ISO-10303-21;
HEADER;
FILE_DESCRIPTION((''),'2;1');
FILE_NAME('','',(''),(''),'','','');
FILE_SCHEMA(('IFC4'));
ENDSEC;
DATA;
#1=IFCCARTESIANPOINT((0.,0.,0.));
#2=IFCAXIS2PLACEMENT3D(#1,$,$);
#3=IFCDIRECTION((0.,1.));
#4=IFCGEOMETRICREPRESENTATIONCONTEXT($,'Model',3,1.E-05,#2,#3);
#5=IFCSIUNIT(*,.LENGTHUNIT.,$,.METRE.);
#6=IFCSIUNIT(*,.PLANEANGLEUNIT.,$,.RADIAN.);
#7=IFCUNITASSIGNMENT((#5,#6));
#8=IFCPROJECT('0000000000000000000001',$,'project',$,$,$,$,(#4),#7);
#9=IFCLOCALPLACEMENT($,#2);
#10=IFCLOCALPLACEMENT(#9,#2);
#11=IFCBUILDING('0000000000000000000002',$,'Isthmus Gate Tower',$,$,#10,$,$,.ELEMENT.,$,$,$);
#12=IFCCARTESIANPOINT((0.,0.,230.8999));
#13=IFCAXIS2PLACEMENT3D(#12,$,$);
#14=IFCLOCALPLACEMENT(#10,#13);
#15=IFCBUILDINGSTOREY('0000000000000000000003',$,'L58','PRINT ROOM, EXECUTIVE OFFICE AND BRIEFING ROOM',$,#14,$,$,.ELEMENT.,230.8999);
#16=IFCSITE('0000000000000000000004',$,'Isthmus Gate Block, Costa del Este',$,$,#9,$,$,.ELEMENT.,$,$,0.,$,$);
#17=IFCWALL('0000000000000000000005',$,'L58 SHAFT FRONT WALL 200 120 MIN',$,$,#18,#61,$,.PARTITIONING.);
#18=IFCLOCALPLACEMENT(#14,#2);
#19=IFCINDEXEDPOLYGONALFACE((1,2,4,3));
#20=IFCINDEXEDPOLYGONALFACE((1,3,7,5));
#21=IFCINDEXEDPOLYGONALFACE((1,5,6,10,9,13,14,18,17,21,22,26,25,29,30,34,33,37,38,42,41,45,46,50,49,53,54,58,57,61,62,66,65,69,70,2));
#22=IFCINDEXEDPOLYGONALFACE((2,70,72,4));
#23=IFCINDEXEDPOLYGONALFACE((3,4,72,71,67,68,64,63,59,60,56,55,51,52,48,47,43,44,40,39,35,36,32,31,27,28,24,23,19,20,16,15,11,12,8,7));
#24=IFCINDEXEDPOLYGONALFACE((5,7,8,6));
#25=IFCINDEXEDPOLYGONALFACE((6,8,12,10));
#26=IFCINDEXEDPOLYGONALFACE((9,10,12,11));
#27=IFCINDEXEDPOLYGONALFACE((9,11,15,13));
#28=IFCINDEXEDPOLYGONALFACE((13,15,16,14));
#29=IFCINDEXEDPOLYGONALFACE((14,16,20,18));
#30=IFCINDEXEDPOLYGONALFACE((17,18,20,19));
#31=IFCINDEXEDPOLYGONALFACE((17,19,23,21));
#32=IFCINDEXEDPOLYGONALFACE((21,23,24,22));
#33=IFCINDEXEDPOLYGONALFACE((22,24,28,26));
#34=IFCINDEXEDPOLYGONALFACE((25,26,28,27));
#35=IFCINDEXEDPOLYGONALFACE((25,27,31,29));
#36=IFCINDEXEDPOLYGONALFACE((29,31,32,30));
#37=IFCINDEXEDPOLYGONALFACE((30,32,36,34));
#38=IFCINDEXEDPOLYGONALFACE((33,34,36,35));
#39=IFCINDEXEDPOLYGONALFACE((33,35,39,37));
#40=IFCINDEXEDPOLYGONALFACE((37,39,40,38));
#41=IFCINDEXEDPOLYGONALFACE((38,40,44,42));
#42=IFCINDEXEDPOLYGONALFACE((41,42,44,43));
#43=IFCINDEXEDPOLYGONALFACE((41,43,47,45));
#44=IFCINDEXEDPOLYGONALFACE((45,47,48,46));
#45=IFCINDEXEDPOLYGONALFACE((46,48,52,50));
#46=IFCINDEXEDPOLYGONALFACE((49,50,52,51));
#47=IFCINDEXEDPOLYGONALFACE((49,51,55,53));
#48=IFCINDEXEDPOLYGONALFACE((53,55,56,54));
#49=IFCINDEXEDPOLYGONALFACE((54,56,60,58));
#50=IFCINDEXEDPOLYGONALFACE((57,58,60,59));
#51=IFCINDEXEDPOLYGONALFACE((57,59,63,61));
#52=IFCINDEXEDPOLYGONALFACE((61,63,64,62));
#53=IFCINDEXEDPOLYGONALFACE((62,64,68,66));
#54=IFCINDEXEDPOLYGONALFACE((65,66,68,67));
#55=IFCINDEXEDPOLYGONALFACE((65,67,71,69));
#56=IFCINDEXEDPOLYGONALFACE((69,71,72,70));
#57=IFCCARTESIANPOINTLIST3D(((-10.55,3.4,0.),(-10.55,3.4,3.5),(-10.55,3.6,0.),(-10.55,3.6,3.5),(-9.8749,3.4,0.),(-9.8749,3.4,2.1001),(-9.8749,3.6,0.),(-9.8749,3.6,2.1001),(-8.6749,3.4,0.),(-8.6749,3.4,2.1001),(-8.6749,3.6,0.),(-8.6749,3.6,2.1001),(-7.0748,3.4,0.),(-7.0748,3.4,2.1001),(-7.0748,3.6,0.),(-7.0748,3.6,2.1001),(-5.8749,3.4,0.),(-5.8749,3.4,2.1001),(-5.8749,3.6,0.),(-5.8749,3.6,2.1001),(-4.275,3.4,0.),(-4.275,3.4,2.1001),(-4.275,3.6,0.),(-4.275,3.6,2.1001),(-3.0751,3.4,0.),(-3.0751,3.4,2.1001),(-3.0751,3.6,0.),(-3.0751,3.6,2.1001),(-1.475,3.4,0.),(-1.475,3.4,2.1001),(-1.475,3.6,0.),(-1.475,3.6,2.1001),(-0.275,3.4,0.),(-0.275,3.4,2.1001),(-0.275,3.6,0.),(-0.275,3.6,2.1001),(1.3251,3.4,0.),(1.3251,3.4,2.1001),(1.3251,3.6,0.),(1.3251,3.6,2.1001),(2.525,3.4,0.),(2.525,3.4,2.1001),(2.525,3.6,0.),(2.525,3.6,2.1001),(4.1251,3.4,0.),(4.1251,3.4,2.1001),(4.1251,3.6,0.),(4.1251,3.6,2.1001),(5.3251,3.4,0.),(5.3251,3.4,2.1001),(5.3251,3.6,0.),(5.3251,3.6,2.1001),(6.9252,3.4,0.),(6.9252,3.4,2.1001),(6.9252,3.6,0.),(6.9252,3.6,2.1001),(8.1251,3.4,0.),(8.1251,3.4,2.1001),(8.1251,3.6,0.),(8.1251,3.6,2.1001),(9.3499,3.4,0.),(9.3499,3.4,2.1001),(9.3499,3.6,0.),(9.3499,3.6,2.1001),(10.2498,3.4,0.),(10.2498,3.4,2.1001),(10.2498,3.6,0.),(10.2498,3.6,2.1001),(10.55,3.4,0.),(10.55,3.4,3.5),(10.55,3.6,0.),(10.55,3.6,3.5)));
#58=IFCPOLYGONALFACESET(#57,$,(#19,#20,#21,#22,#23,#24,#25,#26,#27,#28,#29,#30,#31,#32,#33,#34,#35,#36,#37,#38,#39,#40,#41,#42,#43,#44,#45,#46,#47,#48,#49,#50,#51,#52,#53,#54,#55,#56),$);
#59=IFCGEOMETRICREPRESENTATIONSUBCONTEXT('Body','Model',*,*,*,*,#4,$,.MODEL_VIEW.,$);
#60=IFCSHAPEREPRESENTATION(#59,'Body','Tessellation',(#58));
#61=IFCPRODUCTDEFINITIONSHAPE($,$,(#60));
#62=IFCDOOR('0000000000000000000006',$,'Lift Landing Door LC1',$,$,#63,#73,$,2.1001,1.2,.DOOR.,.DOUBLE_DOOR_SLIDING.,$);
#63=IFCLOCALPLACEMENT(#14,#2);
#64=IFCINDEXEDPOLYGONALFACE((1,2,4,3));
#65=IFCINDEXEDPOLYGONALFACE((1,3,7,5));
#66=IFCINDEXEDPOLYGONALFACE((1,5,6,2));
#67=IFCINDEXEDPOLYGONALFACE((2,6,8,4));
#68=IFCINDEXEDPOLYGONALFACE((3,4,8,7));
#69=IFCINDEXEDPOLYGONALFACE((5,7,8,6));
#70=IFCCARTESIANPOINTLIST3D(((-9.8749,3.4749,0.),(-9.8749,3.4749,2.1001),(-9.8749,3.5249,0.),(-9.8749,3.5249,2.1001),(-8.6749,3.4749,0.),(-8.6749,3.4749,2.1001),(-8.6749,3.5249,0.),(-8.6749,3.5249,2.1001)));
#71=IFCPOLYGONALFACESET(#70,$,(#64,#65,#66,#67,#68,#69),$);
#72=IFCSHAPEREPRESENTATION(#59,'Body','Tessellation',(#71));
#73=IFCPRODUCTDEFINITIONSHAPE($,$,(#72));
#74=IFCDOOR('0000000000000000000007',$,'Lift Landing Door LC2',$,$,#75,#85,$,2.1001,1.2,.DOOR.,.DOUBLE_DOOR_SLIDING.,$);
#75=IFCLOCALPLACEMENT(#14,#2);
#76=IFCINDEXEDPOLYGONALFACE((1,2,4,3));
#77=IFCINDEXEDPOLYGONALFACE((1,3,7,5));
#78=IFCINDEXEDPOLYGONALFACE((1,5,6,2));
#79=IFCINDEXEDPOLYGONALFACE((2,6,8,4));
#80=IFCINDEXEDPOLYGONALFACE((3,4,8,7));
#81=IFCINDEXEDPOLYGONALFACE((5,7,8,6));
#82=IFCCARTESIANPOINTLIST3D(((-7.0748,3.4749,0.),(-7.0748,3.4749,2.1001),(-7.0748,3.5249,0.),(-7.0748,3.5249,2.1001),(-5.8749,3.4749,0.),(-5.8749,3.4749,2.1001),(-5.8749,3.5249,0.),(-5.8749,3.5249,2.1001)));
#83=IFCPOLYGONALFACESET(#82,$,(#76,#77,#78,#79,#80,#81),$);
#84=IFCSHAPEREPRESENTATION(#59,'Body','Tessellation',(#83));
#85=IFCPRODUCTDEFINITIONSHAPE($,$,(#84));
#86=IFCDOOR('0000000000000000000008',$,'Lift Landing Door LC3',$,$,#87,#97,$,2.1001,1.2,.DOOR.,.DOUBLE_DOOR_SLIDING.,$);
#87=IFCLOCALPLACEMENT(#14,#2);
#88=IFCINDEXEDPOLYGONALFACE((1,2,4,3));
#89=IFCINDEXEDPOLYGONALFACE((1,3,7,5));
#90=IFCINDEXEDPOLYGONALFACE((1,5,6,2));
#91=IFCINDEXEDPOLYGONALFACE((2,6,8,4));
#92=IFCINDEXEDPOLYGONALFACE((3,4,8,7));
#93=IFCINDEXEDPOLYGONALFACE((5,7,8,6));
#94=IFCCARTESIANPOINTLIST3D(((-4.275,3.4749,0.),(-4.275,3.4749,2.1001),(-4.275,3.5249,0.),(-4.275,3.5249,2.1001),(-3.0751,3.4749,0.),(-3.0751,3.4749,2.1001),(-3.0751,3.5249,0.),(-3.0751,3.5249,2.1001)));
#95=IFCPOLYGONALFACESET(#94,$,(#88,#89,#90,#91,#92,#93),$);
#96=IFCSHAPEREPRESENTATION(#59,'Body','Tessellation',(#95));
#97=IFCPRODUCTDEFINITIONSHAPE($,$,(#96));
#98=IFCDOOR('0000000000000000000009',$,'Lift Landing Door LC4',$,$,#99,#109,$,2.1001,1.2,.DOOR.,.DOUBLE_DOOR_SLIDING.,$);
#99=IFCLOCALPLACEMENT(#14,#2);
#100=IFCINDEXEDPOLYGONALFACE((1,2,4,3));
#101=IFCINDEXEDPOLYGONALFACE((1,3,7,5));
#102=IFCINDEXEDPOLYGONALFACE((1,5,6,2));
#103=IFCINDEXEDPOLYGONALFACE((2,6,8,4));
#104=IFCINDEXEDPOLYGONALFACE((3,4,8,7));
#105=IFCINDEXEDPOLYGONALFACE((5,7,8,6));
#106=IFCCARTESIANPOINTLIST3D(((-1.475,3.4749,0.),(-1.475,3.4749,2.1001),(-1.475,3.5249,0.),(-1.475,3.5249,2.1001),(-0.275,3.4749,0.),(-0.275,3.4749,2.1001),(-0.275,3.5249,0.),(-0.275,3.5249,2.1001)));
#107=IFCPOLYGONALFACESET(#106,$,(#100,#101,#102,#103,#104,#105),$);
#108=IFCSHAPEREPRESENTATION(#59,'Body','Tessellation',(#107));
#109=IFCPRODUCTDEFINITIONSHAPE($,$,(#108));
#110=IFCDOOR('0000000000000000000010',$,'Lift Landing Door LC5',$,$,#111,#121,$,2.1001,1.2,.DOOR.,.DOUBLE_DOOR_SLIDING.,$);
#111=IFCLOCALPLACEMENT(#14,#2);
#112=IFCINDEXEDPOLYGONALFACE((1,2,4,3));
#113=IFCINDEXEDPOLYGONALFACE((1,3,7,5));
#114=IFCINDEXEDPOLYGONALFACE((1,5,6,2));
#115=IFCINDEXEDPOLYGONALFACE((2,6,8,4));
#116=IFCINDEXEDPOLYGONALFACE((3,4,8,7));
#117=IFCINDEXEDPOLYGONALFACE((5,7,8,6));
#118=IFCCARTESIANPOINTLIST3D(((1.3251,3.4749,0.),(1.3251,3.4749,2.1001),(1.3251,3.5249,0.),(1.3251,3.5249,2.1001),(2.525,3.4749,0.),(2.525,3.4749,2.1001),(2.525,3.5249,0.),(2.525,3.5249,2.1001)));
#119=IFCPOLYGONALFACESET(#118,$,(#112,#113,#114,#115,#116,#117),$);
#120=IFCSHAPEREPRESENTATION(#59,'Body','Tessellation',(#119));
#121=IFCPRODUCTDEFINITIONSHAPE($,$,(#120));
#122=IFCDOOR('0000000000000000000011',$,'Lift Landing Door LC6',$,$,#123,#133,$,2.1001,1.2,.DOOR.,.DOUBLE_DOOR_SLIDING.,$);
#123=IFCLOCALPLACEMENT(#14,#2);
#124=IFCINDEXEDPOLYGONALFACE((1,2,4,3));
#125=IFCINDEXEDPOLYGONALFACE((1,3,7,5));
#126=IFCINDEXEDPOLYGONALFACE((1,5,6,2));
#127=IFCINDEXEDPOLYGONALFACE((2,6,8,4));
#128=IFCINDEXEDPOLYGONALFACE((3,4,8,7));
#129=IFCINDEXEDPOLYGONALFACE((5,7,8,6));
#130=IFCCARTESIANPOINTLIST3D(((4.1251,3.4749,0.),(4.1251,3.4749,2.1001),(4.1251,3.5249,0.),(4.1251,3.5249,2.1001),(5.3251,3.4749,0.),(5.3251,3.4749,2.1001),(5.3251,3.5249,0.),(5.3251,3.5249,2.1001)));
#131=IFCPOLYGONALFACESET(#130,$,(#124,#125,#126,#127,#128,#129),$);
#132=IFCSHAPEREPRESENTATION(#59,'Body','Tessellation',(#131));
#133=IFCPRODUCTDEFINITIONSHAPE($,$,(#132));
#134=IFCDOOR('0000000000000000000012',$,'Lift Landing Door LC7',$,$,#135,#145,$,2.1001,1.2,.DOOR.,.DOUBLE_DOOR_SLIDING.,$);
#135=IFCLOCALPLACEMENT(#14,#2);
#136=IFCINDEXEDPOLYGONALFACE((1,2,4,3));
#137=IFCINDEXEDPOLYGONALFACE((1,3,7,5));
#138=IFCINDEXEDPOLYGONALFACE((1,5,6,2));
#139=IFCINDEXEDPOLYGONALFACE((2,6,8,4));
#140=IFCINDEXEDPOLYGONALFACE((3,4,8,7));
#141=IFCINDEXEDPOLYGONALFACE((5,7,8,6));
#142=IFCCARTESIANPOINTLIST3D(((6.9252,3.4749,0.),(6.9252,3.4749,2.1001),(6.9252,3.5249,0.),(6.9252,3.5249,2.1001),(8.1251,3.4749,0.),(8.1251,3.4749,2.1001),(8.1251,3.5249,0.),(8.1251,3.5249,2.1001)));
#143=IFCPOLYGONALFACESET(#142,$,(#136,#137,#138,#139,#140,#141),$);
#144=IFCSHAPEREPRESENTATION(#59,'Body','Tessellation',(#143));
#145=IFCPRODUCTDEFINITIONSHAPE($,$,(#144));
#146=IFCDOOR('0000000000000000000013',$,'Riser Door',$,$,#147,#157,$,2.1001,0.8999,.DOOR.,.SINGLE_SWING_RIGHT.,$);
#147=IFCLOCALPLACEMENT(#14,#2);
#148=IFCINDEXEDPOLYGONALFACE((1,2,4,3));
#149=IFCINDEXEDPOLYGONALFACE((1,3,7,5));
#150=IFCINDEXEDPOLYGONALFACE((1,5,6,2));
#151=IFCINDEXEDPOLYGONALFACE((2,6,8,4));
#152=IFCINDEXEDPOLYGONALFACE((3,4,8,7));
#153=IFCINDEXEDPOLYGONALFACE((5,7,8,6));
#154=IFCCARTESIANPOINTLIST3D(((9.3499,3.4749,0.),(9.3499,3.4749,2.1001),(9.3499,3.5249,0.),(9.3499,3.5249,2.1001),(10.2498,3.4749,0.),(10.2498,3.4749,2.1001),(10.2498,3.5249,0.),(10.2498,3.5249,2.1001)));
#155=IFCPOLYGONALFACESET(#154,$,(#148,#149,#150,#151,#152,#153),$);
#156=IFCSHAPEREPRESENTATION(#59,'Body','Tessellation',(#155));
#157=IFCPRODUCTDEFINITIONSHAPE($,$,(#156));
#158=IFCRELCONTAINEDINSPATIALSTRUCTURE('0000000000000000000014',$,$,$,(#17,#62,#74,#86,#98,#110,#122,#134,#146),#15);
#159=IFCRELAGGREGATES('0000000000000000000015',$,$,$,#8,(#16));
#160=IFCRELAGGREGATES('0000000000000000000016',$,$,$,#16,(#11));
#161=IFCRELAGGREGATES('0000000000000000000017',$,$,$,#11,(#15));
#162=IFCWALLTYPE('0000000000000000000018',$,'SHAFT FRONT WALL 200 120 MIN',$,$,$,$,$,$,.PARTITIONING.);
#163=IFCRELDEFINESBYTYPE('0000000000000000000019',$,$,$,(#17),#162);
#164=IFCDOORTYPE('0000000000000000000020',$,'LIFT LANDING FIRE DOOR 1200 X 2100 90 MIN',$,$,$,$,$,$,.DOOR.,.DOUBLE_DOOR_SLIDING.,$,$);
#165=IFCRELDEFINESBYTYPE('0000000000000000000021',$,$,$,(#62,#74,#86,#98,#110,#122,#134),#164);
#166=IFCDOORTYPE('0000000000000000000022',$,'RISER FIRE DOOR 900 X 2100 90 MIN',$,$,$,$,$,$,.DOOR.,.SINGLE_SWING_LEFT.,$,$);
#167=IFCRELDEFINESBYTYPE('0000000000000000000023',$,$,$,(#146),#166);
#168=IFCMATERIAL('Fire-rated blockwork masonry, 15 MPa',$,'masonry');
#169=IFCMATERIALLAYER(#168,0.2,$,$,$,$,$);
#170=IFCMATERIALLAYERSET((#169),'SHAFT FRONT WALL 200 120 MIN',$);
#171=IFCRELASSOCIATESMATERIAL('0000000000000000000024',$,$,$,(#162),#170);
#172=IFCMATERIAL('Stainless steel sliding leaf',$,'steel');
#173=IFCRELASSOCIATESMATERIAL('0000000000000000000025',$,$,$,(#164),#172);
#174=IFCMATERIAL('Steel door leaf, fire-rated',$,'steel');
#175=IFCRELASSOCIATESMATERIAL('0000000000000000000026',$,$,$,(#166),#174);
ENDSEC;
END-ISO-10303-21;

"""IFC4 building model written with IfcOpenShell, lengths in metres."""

from ifc_helpers import new_model, si_unit, direction, frame, frame_2d, origin, place, context, subcontext, project, spatial, rectangle, extrude, material, layer, layer_set, type_object, element, fill, save


model = new_model("IFC4")

# Units and contexts
model_context = context("Model", 3, precision=1e-05, world=origin(), true_north=direction((0.0, 1.0)))
body_context = subcontext(model_context, "Body", "Model", "MODEL_VIEW")
ifc_project = project(units=[si_unit("LENGTHUNIT", "METRE"), si_unit("PLANEANGLEUNIT", "RADIAN")], contexts=[model_context])

# Site, building, storey
site_placement = place(None, origin())
site = spatial("IfcSite", under=ifc_project, at=site_placement, Name="Isthmus Gate Block, Costa del Este", CompositionType="ELEMENT", RefElevation=0.0)
building_placement = place(site_placement, origin())
building = spatial("IfcBuilding", under=site, at=building_placement, Name="Isthmus Gate Tower", CompositionType="ELEMENT")
storey_placement = place(building_placement, frame((0.0, 0.0, 230.8999)))
storey = spatial("IfcBuildingStorey", under=building, at=storey_placement, Name="L58", Description="PRINT ROOM, EXECUTIVE OFFICE AND BRIEFING ROOM", CompositionType="ELEMENT", Elevation=230.8999)

# Wall, openings, doors
ifc_material_1 = material(Name="Fire-rated blockwork masonry, 15 MPa", Category="masonry")
ifc_layer_1 = layer(ifc_material_1, 0.2)
ifc_layer_set_1 = layer_set([ifc_layer_1], Name="SHAFT FRONT WALL 200 120 MIN")
wall_type_1 = type_object("IfcWallType", Name="SHAFT FRONT WALL 200 120 MIN", PredefinedType="PARTITIONING", material=ifc_layer_set_1)
wall_1_placement = place(storey_placement, frame((-10.55, 3.5, 0.0), z_axis=(0.0, 0.0, 1.0), x_axis=(1.0, 0.0, 0.0)))
wall_1 = element("IfcWall", 1, at=wall_1_placement, inside=storey, type_object=wall_type_1, Name="L58 SHAFT FRONT WALL 200 120 MIN", PredefinedType="PARTITIONING", context=body_context, shape_type="SweptSolid", body=[
    extrude(rectangle(XDim=21.1001, YDim=0.2, at=frame_2d((10.55, 0.0))), origin(), (0.0, 0.0, 1.0), 3.5),
])
opening_1_placement = place(wall_1_placement, frame((0.675, 0.0, 0.0)))
opening_1 = element("IfcOpeningElement", 2, at=opening_1_placement, cuts=wall_1, PredefinedType="OPENING", context=body_context, shape_type="SweptSolid", body=[
    extrude(rectangle(XDim=1.2, YDim=2.1001, at=frame_2d((0.6001, 1.05))), frame((0.0, 0.1099, 0.0), z_axis=(0.0, -1.0, 0.0), x_axis=(1.0, 0.0, 0.0)), (0.0, 0.0, 1.0), 0.22),
])
opening_2_placement = place(wall_1_placement, frame((3.4751, 0.0, 0.0)))
opening_2 = element("IfcOpeningElement", 3, at=opening_2_placement, cuts=wall_1, PredefinedType="OPENING", context=body_context, shape_type="SweptSolid", body=[
    extrude(rectangle(XDim=1.2, YDim=2.1001, at=frame_2d((0.6001, 1.05))), frame((0.0, 0.1099, 0.0), z_axis=(0.0, -1.0, 0.0), x_axis=(1.0, 0.0, 0.0)), (0.0, 0.0, 1.0), 0.22),
])
opening_3_placement = place(wall_1_placement, frame((6.2749, 0.0, 0.0)))
opening_3 = element("IfcOpeningElement", 4, at=opening_3_placement, cuts=wall_1, PredefinedType="OPENING", context=body_context, shape_type="SweptSolid", body=[
    extrude(rectangle(XDim=1.2, YDim=2.1001, at=frame_2d((0.6001, 1.05))), frame((0.0, 0.1099, 0.0), z_axis=(0.0, -1.0, 0.0), x_axis=(1.0, 0.0, 0.0)), (0.0, 0.0, 1.0), 0.22),
])
opening_4_placement = place(wall_1_placement, frame((9.075, 0.0, 0.0)))
opening_4 = element("IfcOpeningElement", 5, at=opening_4_placement, cuts=wall_1, PredefinedType="OPENING", context=body_context, shape_type="SweptSolid", body=[
    extrude(rectangle(XDim=1.2, YDim=2.1001, at=frame_2d((0.6001, 1.05))), frame((0.0, 0.1099, 0.0), z_axis=(0.0, -1.0, 0.0), x_axis=(1.0, 0.0, 0.0)), (0.0, 0.0, 1.0), 0.22),
])
opening_5_placement = place(wall_1_placement, frame((11.875, 0.0, 0.0)))
opening_5 = element("IfcOpeningElement", 6, at=opening_5_placement, cuts=wall_1, PredefinedType="OPENING", context=body_context, shape_type="SweptSolid", body=[
    extrude(rectangle(XDim=1.2, YDim=2.1001, at=frame_2d((0.6001, 1.05))), frame((0.0, 0.1099, 0.0), z_axis=(0.0, -1.0, 0.0), x_axis=(1.0, 0.0, 0.0)), (0.0, 0.0, 1.0), 0.22),
])
opening_6_placement = place(wall_1_placement, frame((14.675, 0.0, 0.0)))
opening_6 = element("IfcOpeningElement", 7, at=opening_6_placement, cuts=wall_1, PredefinedType="OPENING", context=body_context, shape_type="SweptSolid", body=[
    extrude(rectangle(XDim=1.2, YDim=2.1001, at=frame_2d((0.6001, 1.05))), frame((0.0, 0.1099, 0.0), z_axis=(0.0, -1.0, 0.0), x_axis=(1.0, 0.0, 0.0)), (0.0, 0.0, 1.0), 0.22),
])
opening_7_placement = place(wall_1_placement, frame((17.4751, 0.0, 0.0)))
opening_7 = element("IfcOpeningElement", 8, at=opening_7_placement, cuts=wall_1, PredefinedType="OPENING", context=body_context, shape_type="SweptSolid", body=[
    extrude(rectangle(XDim=1.2, YDim=2.1001, at=frame_2d((0.6001, 1.05))), frame((0.0, 0.1099, 0.0), z_axis=(0.0, -1.0, 0.0), x_axis=(1.0, 0.0, 0.0)), (0.0, 0.0, 1.0), 0.22),
])
opening_8_placement = place(wall_1_placement, frame((19.8999, 0.0, 0.0)))
opening_8 = element("IfcOpeningElement", 9, at=opening_8_placement, cuts=wall_1, PredefinedType="OPENING", context=body_context, shape_type="SweptSolid", body=[
    extrude(rectangle(XDim=0.8999, YDim=2.1001, at=frame_2d((0.45, 1.05))), frame((0.0, 0.1099, 0.0), z_axis=(0.0, -1.0, 0.0), x_axis=(1.0, 0.0, 0.0)), (0.0, 0.0, 1.0), 0.22),
])
ifc_material_2 = material(Name="Stainless steel sliding leaf", Category="steel")
door_type_1 = type_object("IfcDoorType", Name="LIFT LANDING FIRE DOOR 1200 X 2100 90 MIN", OperationType="DOUBLE_DOOR_SLIDING", PredefinedType="DOOR", material=ifc_material_2)
door_1_placement = place(opening_1_placement, origin())
door_1 = element("IfcDoor", 10, at=door_1_placement, inside=storey, type_object=door_type_1, Name="Lift Landing Door LC1", OperationType="DOUBLE_DOOR_SLIDING", OverallHeight=2.1001, OverallWidth=1.2, PredefinedType="DOOR", context=body_context, shape_type="SweptSolid", body=[
    extrude(rectangle(XDim=1.2, YDim=2.1001, at=frame_2d((0.6001, 1.05))), frame((0.0, 0.0249, 0.0), z_axis=(0.0, -1.0, 0.0), x_axis=(1.0, 0.0, 0.0)), (0.0, 0.0, 1.0), 0.05),
])
fill(opening_1, door_1)
door_2_placement = place(opening_2_placement, origin())
door_2 = element("IfcDoor", 11, at=door_2_placement, inside=storey, type_object=door_type_1, Name="Lift Landing Door LC2", OperationType="DOUBLE_DOOR_SLIDING", OverallHeight=2.1001, OverallWidth=1.2, PredefinedType="DOOR", context=body_context, shape_type="SweptSolid", body=[
    extrude(rectangle(XDim=1.2, YDim=2.1001, at=frame_2d((0.6001, 1.05))), frame((0.0, 0.0249, 0.0), z_axis=(0.0, -1.0, 0.0), x_axis=(1.0, 0.0, 0.0)), (0.0, 0.0, 1.0), 0.05),
])
fill(opening_2, door_2)
door_3_placement = place(opening_3_placement, origin())
door_3 = element("IfcDoor", 12, at=door_3_placement, inside=storey, type_object=door_type_1, Name="Lift Landing Door LC3", OperationType="DOUBLE_DOOR_SLIDING", OverallHeight=2.1001, OverallWidth=1.2, PredefinedType="DOOR", context=body_context, shape_type="SweptSolid", body=[
    extrude(rectangle(XDim=1.2, YDim=2.1001, at=frame_2d((0.6001, 1.05))), frame((0.0, 0.0249, 0.0), z_axis=(0.0, -1.0, 0.0), x_axis=(1.0, 0.0, 0.0)), (0.0, 0.0, 1.0), 0.05),
])
fill(opening_3, door_3)
door_4_placement = place(opening_4_placement, origin())
door_4 = element("IfcDoor", 13, at=door_4_placement, inside=storey, type_object=door_type_1, Name="Lift Landing Door LC4", OperationType="DOUBLE_DOOR_SLIDING", OverallHeight=2.1001, OverallWidth=1.2, PredefinedType="DOOR", context=body_context, shape_type="SweptSolid", body=[
    extrude(rectangle(XDim=1.2, YDim=2.1001, at=frame_2d((0.6001, 1.05))), frame((0.0, 0.0249, 0.0), z_axis=(0.0, -1.0, 0.0), x_axis=(1.0, 0.0, 0.0)), (0.0, 0.0, 1.0), 0.05),
])
fill(opening_4, door_4)
door_5_placement = place(opening_5_placement, origin())
door_5 = element("IfcDoor", 14, at=door_5_placement, inside=storey, type_object=door_type_1, Name="Lift Landing Door LC5", OperationType="DOUBLE_DOOR_SLIDING", OverallHeight=2.1001, OverallWidth=1.2, PredefinedType="DOOR", context=body_context, shape_type="SweptSolid", body=[
    extrude(rectangle(XDim=1.2, YDim=2.1001, at=frame_2d((0.6001, 1.05))), frame((0.0, 0.0249, 0.0), z_axis=(0.0, -1.0, 0.0), x_axis=(1.0, 0.0, 0.0)), (0.0, 0.0, 1.0), 0.05),
])
fill(opening_5, door_5)
door_6_placement = place(opening_6_placement, origin())
door_6 = element("IfcDoor", 15, at=door_6_placement, inside=storey, type_object=door_type_1, Name="Lift Landing Door LC6", OperationType="DOUBLE_DOOR_SLIDING", OverallHeight=2.1001, OverallWidth=1.2, PredefinedType="DOOR", context=body_context, shape_type="SweptSolid", body=[
    extrude(rectangle(XDim=1.2, YDim=2.1001, at=frame_2d((0.6001, 1.05))), frame((0.0, 0.0249, 0.0), z_axis=(0.0, -1.0, 0.0), x_axis=(1.0, 0.0, 0.0)), (0.0, 0.0, 1.0), 0.05),
])
fill(opening_6, door_6)
door_7_placement = place(opening_7_placement, origin())
door_7 = element("IfcDoor", 16, at=door_7_placement, inside=storey, type_object=door_type_1, Name="Lift Landing Door LC7", OperationType="DOUBLE_DOOR_SLIDING", OverallHeight=2.1001, OverallWidth=1.2, PredefinedType="DOOR", context=body_context, shape_type="SweptSolid", body=[
    extrude(rectangle(XDim=1.2, YDim=2.1001, at=frame_2d((0.6001, 1.05))), frame((0.0, 0.0249, 0.0), z_axis=(0.0, -1.0, 0.0), x_axis=(1.0, 0.0, 0.0)), (0.0, 0.0, 1.0), 0.05),
])
fill(opening_7, door_7)
ifc_material_3 = material(Name="Steel door leaf, fire-rated", Category="steel")
door_type_2 = type_object("IfcDoorType", Name="RISER FIRE DOOR 900 X 2100 90 MIN", OperationType="SINGLE_SWING_LEFT", PredefinedType="DOOR", material=ifc_material_3)
door_8_placement = place(opening_8_placement, origin())
door_8 = element("IfcDoor", 17, at=door_8_placement, inside=storey, type_object=door_type_2, Name="Riser Door", OperationType="SINGLE_SWING_RIGHT", OverallHeight=2.1001, OverallWidth=0.8999, PredefinedType="DOOR", context=body_context, shape_type="SweptSolid", body=[
    extrude(rectangle(XDim=0.8999, YDim=2.1001, at=frame_2d((0.45, 1.05))), frame((0.0, 0.0249, 0.0), z_axis=(0.0, -1.0, 0.0), x_axis=(1.0, 0.0, 0.0)), (0.0, 0.0, 1.0), 0.05),
])
fill(opening_8, door_8)

save(model, "model.ifc")
